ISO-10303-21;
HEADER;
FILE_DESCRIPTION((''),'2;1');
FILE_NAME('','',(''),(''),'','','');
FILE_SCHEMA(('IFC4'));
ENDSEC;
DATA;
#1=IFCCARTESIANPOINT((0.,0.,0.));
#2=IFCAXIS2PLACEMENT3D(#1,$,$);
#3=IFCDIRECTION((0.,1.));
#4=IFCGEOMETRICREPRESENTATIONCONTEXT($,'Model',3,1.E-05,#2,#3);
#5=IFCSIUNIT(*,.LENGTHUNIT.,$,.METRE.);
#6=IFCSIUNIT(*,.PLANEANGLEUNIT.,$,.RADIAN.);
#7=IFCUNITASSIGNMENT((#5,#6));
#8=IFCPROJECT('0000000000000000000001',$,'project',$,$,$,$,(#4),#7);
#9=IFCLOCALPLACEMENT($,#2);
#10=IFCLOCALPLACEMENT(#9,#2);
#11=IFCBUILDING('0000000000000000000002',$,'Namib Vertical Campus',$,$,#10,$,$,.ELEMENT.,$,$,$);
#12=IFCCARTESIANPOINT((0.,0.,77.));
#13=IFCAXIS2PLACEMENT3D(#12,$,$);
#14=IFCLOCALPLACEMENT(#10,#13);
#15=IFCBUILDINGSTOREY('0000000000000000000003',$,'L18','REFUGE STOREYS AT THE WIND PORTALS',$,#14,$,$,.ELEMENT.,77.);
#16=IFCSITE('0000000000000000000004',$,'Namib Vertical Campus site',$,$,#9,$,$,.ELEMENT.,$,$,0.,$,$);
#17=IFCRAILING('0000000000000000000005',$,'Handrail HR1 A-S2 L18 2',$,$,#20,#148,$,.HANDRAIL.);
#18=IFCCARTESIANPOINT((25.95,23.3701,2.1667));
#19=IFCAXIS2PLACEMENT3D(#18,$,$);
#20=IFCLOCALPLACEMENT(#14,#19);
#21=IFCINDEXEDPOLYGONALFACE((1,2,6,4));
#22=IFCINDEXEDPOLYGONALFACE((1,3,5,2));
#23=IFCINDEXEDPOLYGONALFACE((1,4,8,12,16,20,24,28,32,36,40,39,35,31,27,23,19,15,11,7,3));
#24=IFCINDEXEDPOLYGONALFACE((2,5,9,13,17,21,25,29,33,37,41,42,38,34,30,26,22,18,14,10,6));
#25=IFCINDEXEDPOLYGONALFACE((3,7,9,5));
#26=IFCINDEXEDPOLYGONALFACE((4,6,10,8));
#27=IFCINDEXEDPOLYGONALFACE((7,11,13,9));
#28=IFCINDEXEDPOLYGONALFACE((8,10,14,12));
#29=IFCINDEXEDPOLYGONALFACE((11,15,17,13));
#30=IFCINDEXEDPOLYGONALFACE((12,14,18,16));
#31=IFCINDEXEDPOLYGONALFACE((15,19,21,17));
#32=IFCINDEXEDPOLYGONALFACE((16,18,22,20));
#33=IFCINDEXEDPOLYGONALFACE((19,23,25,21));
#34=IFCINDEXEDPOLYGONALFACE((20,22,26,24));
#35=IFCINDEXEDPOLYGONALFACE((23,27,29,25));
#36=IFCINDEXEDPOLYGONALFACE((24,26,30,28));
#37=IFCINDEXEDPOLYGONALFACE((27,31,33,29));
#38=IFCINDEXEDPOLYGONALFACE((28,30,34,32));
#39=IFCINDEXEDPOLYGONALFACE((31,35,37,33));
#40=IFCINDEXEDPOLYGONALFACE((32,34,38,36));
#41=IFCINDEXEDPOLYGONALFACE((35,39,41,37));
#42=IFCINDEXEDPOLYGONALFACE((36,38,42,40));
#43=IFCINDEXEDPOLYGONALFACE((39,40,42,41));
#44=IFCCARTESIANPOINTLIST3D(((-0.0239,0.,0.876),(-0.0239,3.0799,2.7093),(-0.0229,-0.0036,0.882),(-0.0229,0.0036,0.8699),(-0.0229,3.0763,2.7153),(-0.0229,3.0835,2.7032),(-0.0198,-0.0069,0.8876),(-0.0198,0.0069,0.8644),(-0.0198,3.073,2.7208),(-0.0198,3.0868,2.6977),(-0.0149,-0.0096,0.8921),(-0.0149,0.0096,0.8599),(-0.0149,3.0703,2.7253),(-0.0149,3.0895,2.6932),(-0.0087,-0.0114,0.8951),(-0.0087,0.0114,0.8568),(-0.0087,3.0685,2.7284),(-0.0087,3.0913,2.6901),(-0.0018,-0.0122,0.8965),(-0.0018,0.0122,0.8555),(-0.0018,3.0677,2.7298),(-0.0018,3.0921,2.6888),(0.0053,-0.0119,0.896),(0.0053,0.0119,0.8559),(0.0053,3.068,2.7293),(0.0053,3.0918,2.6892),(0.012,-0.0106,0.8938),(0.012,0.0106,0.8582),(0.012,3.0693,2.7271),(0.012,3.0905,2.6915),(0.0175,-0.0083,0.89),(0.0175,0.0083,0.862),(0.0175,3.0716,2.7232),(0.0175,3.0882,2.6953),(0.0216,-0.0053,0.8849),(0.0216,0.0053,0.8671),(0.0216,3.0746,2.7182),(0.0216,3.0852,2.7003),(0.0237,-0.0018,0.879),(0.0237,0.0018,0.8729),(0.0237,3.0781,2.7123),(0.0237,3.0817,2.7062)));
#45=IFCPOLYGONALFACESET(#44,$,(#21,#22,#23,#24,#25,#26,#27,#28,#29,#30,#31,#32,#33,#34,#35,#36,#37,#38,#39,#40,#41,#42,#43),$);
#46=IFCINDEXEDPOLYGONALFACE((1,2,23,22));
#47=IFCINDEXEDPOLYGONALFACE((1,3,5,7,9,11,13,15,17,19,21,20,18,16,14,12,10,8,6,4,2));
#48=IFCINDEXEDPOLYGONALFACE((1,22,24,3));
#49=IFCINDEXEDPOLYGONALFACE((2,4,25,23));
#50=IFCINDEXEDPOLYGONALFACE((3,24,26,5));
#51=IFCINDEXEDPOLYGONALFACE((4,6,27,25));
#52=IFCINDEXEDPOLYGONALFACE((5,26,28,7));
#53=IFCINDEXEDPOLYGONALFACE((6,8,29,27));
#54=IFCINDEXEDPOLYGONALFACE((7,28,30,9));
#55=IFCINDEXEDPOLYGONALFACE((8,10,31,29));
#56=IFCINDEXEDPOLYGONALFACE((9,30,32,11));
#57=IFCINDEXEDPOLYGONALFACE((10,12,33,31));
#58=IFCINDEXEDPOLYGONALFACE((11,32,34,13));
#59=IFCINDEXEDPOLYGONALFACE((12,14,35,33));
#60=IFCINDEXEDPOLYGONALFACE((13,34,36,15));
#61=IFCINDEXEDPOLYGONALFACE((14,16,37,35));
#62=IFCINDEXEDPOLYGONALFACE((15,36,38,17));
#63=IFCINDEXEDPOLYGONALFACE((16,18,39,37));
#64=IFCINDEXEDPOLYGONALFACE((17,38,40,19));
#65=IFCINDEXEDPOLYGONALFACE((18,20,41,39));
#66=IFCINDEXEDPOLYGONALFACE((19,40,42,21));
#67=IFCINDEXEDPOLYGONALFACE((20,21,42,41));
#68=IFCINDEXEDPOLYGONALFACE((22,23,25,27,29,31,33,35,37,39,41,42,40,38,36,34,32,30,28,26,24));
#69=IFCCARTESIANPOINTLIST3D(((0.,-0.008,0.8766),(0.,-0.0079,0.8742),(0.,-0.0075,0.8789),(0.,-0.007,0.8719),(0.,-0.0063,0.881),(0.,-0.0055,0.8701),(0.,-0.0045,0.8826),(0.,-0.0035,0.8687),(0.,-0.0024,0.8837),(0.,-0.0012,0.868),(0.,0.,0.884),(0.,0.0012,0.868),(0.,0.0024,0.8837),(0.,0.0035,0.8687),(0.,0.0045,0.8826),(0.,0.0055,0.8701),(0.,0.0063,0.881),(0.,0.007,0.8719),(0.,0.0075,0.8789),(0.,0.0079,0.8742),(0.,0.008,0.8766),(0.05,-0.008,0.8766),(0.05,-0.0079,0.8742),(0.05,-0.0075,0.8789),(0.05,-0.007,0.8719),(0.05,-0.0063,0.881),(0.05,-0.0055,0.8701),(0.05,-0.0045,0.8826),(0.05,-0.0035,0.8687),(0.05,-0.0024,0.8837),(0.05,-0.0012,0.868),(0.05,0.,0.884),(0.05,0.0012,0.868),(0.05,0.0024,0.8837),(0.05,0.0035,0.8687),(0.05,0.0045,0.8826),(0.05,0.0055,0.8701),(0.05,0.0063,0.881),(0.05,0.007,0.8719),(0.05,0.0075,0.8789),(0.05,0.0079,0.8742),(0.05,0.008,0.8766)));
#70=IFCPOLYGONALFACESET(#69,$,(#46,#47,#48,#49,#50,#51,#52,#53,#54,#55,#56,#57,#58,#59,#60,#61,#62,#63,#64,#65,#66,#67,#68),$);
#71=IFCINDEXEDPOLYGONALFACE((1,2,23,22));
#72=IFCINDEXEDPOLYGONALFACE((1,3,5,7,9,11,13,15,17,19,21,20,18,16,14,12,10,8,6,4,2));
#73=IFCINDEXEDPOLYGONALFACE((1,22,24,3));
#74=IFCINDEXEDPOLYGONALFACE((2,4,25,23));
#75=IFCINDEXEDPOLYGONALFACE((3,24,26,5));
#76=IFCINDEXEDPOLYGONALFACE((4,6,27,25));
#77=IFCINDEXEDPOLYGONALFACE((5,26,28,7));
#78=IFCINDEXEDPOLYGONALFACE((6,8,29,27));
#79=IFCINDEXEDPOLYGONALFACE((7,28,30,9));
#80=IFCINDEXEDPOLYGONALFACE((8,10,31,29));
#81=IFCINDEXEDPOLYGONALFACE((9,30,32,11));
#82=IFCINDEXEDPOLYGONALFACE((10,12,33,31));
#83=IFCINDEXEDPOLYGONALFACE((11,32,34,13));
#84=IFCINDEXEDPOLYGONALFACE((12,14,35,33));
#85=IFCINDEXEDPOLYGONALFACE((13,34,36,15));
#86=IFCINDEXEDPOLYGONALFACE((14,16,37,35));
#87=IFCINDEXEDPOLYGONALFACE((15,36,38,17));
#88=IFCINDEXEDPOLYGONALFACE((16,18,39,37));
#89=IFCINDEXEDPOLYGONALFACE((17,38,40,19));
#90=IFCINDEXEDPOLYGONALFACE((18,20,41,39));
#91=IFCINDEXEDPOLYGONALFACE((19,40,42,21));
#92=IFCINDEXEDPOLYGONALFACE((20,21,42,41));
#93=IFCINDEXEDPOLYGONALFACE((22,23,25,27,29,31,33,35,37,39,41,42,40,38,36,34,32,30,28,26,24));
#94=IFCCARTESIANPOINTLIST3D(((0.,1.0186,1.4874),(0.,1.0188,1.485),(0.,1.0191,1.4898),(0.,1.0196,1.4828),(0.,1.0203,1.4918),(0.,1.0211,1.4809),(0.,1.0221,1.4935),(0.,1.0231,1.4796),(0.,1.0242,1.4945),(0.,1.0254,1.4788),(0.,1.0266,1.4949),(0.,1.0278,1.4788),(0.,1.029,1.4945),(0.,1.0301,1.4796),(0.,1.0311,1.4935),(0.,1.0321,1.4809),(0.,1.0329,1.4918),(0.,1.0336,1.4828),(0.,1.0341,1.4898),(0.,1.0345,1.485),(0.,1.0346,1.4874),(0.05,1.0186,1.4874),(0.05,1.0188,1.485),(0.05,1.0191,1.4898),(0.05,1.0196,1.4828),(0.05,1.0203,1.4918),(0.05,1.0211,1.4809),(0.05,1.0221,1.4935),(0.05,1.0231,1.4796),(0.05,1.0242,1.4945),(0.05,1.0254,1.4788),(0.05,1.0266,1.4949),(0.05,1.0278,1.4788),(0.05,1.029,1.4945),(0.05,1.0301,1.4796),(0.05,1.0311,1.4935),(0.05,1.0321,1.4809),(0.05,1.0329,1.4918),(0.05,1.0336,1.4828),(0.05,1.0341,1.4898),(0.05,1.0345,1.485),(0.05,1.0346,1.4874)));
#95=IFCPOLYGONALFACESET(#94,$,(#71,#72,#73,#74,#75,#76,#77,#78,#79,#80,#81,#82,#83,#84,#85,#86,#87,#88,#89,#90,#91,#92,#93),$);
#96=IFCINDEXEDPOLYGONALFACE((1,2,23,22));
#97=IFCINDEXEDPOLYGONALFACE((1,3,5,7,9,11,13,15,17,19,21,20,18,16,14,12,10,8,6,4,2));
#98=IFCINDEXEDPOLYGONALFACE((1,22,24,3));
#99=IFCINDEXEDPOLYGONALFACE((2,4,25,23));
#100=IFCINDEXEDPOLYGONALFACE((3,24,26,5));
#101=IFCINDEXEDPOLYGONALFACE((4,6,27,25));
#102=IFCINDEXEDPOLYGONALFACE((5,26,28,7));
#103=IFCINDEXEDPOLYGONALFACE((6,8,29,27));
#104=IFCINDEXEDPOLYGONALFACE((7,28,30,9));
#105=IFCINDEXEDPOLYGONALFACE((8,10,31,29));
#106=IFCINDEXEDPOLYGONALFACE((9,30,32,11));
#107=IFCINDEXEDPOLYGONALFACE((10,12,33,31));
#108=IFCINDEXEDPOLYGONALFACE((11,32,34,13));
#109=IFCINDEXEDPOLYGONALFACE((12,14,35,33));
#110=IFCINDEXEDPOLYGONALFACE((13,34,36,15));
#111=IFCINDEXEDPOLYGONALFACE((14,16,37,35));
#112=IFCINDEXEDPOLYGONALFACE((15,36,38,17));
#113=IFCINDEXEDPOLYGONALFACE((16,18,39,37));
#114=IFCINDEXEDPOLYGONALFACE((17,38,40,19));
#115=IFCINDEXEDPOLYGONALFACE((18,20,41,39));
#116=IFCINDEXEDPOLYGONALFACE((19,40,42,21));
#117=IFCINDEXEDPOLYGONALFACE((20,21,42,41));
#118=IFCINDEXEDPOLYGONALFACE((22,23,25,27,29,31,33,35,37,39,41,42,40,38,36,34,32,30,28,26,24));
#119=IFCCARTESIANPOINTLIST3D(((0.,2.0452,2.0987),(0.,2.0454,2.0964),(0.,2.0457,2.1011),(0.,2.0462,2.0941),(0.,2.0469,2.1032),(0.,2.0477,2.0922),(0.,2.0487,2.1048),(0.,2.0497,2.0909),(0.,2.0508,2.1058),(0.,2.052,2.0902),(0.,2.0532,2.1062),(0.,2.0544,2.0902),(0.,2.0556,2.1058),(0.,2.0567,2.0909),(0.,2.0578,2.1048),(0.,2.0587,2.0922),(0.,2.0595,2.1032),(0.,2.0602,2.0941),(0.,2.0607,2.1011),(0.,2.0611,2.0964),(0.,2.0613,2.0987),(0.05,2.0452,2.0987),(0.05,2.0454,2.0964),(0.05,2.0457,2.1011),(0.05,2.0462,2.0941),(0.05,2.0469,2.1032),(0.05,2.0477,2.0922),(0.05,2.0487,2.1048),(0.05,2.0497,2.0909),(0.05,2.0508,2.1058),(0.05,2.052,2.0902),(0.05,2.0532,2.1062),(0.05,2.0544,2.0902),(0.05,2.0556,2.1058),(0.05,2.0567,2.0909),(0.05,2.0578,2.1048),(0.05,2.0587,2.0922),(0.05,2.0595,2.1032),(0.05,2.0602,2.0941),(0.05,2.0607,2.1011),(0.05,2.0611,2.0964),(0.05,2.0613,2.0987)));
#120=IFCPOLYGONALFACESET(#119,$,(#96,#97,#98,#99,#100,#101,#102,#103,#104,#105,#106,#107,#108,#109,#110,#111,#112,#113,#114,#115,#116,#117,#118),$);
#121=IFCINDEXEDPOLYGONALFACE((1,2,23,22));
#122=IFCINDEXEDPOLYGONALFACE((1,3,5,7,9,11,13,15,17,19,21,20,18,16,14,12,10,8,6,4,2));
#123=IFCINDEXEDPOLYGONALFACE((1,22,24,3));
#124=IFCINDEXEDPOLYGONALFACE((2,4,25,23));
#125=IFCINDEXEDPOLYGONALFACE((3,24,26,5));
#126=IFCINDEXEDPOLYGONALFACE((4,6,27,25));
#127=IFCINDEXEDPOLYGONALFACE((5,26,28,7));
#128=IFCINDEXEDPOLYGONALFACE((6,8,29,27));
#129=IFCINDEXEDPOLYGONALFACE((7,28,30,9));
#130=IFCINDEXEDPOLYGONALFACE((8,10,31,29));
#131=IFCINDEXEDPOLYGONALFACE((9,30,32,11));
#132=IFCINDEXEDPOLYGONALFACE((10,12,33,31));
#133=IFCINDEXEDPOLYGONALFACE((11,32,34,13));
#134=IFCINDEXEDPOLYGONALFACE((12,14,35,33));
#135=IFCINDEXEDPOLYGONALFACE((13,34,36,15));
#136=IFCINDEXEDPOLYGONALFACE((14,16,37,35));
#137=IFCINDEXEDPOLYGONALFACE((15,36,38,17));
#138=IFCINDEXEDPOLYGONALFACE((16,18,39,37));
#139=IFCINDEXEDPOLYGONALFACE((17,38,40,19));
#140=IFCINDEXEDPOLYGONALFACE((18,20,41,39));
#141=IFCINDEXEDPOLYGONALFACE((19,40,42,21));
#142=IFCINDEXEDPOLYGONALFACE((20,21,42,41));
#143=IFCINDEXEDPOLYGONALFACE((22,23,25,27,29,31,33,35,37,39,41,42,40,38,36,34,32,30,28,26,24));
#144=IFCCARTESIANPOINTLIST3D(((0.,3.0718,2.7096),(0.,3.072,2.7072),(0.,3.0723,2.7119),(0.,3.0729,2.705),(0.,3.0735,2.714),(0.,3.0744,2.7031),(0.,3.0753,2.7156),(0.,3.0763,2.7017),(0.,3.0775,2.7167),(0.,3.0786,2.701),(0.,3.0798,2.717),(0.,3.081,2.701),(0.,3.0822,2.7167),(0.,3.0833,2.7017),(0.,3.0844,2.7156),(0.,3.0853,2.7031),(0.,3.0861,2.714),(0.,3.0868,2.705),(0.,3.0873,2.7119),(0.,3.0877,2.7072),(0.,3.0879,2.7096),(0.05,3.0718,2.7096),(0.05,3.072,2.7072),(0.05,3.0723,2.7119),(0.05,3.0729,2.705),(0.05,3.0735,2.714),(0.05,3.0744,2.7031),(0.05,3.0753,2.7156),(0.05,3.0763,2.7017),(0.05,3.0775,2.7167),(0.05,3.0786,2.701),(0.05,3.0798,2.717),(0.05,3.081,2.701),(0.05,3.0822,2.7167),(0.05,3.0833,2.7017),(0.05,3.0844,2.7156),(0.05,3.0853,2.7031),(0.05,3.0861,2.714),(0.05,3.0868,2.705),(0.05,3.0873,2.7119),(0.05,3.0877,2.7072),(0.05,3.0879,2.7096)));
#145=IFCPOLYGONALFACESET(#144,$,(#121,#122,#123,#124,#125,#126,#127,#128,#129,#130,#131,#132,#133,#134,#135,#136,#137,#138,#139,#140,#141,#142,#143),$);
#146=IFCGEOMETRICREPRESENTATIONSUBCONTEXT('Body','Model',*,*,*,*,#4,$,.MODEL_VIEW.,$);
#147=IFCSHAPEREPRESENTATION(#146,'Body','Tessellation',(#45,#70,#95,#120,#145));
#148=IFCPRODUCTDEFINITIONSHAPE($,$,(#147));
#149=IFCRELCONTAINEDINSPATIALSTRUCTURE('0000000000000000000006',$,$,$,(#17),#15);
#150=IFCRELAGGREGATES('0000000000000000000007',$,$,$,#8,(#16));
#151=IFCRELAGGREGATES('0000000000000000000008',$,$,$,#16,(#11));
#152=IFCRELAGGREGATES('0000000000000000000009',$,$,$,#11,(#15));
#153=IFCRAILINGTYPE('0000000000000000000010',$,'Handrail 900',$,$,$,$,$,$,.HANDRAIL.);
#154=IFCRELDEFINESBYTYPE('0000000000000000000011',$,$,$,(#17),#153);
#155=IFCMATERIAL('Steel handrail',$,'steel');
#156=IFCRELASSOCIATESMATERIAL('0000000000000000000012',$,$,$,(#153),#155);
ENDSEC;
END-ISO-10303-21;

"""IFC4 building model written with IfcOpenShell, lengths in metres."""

from ifc_helpers import new_model, si_unit, direction, frame, origin, origin_2d, place, context, subcontext, project, spatial, circle, extrude, material, type_object, element, save


model = new_model("IFC4")

# Units and contexts
model_context = context("Model", 3, precision=1e-05, world=origin(), true_north=direction((0.0, 1.0)))
body_context = subcontext(model_context, "Body", "Model", "MODEL_VIEW")
ifc_project = project(units=[si_unit("LENGTHUNIT", "METRE"), si_unit("PLANEANGLEUNIT", "RADIAN")], contexts=[model_context])

# Site, building, storey
site_placement = place(None, origin())
site = spatial("IfcSite", under=ifc_project, at=site_placement, Name="Namib Vertical Campus site", CompositionType="ELEMENT", RefElevation=0.0)
building_placement = place(site_placement, origin())
building = spatial("IfcBuilding", under=site, at=building_placement, Name="Namib Vertical Campus", CompositionType="ELEMENT")
storey_placement = place(building_placement, frame((0.0, 0.0, 77.0)))
storey = spatial("IfcBuildingStorey", under=building, at=storey_placement, Name="L18", Description="REFUGE STOREYS AT THE WIND PORTALS", CompositionType="ELEMENT", Elevation=77.0)

# Railing
ifc_material_1 = material(Name="Steel handrail", Category="steel")
railing_type_1 = type_object("IfcRailingType", Name="Handrail 900", PredefinedType="HANDRAIL", material=ifc_material_1)
railing_1_placement = place(storey_placement, frame((25.95, 23.3701, 2.1667)))
element("IfcRailing", 1, at=railing_1_placement, inside=storey, type_object=railing_type_1, Name="Handrail HR1 A-S2 L18 2", PredefinedType="HANDRAIL", context=body_context, shape_type="SweptSolid", body=[
    extrude(circle(Radius=0.0239, at=origin_2d()), frame((0.0, 0.0, 0.876), z_axis=(0.0, 0.859291, 0.511487), x_axis=(-1.0, 0.0, 0.0)), (0.0, 0.0, 1.0), 3.5842),
    extrude(circle(Radius=0.0081, at=origin_2d()), frame((0.0, 0.0, 0.876), z_axis=(1.0, 0.0, 0.0), x_axis=(0.0, 0.0, 1.0)), (0.0, 0.0, 1.0), 0.05),
    extrude(circle(Radius=0.0081, at=origin_2d()), frame((0.0, 1.0266, 1.4868), z_axis=(1.0, 0.0, 0.0), x_axis=(0.0, 0.0, 1.0)), (0.0, 0.0, 1.0), 0.05),
    extrude(circle(Radius=0.0081, at=origin_2d()), frame((0.0, 2.0532, 2.0981), z_axis=(1.0, 0.0, 0.0), x_axis=(0.0, 0.0, 1.0)), (0.0, 0.0, 1.0), 0.05),
    extrude(circle(Radius=0.0081, at=origin_2d()), frame((0.0, 3.0798, 2.709), z_axis=(1.0, 0.0, 0.0), x_axis=(0.0, 0.0, 1.0)), (0.0, 0.0, 1.0), 0.05),
])

save(model, "model.ifc")
